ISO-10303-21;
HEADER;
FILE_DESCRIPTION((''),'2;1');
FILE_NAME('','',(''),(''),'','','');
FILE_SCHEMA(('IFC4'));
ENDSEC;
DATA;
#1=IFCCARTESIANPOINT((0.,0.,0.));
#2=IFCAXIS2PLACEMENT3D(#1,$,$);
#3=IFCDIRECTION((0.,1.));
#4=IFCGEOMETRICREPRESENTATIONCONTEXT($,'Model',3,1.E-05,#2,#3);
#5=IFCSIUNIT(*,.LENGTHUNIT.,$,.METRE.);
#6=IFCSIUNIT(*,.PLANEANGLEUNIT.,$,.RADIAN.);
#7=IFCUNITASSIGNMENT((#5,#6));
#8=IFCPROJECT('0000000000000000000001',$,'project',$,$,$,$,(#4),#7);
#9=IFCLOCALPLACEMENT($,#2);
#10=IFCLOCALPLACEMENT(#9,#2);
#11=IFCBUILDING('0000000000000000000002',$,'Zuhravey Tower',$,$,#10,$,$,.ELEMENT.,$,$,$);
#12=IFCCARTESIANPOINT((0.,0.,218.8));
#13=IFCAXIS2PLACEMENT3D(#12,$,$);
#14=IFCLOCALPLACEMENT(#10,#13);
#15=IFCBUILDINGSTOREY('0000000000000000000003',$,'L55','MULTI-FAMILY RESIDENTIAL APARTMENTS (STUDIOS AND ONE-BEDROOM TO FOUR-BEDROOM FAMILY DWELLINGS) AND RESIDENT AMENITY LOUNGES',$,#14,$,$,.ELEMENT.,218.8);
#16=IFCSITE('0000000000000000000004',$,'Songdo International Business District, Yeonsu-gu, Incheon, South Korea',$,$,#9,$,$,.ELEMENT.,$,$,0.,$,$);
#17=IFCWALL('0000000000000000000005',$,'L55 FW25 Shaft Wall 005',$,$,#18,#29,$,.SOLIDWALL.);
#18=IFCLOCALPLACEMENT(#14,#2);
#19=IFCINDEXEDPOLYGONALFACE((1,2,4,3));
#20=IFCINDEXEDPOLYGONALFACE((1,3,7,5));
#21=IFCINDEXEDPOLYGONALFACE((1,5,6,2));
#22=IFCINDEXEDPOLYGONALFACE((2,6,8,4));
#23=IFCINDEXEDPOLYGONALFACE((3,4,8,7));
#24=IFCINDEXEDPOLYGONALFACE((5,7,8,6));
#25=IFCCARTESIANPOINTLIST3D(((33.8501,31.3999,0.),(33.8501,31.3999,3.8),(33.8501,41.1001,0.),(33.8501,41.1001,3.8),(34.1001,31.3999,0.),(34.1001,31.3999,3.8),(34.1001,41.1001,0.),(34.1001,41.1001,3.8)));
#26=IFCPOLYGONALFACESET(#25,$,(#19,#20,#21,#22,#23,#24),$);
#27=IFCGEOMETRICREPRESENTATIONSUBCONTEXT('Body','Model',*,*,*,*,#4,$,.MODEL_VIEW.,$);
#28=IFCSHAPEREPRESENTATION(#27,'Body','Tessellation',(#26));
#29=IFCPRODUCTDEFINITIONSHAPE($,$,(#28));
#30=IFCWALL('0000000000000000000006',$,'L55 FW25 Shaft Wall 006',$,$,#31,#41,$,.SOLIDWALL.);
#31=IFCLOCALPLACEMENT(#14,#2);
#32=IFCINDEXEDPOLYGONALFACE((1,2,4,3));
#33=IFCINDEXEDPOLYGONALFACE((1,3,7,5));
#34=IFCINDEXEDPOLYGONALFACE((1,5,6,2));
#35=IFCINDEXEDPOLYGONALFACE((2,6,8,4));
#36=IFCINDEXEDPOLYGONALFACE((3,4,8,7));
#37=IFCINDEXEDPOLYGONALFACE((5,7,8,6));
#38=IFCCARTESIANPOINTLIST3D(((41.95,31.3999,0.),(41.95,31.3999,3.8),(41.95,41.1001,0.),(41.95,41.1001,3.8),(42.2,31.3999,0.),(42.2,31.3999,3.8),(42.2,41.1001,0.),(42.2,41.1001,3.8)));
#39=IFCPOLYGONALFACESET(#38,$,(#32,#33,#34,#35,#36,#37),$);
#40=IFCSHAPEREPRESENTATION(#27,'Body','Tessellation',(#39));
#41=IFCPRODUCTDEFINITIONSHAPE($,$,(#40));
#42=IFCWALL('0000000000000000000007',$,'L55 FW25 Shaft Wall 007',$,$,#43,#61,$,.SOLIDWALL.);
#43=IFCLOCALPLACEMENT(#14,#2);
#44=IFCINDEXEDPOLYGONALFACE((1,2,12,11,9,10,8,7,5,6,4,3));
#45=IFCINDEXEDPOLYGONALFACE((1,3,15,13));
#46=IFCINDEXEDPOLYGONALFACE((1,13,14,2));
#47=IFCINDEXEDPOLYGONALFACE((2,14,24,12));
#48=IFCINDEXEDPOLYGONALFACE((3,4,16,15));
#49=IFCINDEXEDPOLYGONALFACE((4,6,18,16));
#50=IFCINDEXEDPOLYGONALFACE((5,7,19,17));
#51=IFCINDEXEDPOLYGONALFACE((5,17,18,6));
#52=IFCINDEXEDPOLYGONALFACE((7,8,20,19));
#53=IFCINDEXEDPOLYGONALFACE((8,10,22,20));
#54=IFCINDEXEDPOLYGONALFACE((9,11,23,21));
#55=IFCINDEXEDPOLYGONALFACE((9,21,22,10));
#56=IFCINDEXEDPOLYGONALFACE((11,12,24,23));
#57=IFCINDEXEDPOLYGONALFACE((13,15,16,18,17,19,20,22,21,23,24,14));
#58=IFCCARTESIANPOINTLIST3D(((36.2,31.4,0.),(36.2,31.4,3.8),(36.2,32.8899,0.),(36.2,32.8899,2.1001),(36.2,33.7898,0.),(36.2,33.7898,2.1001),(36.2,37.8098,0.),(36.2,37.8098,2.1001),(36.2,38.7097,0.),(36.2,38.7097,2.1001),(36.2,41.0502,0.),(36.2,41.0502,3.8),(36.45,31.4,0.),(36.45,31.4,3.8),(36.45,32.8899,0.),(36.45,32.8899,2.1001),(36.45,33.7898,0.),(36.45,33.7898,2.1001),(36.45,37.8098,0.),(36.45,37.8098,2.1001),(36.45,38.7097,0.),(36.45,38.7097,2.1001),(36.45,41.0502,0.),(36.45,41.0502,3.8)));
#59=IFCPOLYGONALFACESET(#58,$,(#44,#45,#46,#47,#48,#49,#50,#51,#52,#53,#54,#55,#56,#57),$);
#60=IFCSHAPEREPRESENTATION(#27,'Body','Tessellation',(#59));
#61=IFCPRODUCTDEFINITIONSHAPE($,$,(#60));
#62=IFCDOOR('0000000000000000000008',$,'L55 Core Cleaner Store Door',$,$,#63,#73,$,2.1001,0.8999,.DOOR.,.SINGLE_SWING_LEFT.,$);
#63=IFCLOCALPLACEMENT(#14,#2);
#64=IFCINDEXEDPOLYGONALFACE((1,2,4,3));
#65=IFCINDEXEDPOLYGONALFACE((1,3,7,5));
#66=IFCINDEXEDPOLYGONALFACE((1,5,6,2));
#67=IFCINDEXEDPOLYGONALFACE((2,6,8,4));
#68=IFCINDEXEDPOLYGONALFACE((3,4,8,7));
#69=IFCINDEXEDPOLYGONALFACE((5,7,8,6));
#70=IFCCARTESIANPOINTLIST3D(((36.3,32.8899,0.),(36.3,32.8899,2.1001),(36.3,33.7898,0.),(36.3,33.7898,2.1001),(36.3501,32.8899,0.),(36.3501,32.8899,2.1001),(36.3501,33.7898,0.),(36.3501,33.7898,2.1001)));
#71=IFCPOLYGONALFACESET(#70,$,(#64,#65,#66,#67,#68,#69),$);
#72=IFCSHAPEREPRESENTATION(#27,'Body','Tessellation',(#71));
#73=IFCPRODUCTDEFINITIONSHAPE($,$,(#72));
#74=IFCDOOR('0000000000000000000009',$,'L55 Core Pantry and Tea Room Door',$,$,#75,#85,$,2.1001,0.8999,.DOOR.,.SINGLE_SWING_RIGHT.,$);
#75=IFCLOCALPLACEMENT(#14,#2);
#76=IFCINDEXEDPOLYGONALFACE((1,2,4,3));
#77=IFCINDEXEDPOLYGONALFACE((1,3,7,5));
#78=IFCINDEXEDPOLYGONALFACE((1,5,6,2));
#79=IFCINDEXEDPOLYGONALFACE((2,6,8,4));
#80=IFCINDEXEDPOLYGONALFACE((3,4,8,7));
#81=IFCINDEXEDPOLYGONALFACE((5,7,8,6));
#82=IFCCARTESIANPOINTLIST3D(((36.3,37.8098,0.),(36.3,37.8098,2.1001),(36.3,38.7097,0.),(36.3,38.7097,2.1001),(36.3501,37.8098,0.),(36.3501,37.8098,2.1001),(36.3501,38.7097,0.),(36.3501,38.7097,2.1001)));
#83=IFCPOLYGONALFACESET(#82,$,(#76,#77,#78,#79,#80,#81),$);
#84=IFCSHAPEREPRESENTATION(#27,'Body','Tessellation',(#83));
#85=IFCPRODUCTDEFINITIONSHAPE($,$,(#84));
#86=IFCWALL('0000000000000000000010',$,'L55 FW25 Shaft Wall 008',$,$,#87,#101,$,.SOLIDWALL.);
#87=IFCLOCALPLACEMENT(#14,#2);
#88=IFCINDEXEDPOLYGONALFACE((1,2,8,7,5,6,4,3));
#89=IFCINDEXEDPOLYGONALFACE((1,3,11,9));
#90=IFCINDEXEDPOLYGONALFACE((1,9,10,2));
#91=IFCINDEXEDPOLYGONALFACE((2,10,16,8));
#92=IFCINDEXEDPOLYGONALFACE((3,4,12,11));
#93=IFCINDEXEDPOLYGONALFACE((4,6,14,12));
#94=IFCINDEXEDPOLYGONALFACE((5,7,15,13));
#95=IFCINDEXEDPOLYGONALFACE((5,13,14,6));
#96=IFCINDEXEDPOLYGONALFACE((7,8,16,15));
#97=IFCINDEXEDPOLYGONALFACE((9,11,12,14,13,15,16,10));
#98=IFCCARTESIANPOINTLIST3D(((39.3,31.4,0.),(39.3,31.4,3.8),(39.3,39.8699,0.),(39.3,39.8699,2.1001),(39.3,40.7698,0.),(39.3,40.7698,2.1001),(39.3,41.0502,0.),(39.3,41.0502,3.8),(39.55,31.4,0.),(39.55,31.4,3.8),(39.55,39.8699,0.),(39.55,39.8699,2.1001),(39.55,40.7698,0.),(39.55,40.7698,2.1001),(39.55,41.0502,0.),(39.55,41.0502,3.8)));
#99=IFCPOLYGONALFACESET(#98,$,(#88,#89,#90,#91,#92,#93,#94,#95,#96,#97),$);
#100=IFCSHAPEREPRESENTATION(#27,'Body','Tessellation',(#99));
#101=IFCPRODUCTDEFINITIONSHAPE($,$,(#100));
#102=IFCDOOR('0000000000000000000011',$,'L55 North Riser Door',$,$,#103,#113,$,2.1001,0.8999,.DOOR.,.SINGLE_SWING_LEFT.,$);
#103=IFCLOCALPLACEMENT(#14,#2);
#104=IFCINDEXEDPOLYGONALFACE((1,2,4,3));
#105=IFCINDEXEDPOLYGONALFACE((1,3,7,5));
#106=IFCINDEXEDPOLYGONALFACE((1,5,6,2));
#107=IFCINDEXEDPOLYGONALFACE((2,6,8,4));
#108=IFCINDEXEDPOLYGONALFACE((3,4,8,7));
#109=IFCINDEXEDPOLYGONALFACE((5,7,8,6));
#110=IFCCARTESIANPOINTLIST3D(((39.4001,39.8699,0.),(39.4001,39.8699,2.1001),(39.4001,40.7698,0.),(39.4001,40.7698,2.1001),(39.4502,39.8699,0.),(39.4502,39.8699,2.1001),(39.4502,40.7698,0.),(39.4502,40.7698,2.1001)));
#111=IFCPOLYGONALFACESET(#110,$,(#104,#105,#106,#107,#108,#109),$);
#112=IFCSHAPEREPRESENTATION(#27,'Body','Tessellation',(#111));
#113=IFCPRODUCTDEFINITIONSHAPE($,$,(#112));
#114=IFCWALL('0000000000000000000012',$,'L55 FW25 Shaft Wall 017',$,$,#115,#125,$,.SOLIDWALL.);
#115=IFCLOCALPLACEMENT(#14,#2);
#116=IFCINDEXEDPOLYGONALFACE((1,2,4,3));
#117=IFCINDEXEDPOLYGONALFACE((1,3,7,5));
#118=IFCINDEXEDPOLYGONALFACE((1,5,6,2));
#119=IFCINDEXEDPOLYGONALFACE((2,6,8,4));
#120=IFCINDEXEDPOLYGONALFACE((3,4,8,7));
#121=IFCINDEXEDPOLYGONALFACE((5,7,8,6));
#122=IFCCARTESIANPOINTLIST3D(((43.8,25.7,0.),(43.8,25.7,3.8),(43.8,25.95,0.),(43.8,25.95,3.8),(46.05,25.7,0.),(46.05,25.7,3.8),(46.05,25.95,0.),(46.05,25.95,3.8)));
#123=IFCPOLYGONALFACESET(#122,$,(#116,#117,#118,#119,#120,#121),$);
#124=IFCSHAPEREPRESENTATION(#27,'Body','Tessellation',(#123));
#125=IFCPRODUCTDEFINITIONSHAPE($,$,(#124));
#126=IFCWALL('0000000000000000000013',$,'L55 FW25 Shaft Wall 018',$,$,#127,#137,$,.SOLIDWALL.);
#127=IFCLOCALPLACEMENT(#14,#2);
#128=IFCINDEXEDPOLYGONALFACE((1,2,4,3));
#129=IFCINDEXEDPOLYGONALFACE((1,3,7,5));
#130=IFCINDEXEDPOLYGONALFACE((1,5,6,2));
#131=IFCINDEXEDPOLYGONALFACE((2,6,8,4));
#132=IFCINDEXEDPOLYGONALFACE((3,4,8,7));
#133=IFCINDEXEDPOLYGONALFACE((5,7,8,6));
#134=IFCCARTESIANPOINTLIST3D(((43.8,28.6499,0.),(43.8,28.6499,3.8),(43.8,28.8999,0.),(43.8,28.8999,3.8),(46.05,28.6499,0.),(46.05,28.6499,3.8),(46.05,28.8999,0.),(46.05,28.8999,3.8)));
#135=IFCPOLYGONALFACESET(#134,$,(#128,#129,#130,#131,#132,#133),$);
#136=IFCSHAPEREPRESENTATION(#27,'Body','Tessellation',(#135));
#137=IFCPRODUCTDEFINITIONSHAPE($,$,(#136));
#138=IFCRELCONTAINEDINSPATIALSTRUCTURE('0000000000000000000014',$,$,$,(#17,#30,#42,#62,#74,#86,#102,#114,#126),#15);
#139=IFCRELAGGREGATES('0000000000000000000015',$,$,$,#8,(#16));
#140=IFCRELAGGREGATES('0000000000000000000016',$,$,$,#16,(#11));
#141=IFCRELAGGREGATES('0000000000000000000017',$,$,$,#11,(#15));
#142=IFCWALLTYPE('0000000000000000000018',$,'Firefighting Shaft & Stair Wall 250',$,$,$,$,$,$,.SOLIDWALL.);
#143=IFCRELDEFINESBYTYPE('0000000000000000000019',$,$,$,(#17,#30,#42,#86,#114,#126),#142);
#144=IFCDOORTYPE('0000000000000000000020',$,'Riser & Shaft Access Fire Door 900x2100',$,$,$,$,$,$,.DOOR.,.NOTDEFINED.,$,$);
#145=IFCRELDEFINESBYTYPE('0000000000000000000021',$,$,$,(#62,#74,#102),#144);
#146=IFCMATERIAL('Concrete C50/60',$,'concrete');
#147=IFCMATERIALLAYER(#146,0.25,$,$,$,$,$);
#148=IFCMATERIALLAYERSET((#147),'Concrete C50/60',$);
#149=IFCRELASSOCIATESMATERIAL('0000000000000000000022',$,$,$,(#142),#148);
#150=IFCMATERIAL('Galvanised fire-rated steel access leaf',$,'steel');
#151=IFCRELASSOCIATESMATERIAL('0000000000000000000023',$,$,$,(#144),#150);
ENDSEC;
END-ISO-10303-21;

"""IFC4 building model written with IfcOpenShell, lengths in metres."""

from ifc_helpers import new_model, si_unit, direction, frame, frame_2d, origin, place, context, subcontext, project, spatial, rectangle, extrude, material, layer, layer_set, type_object, element, fill, save


model = new_model("IFC4")

# Units and contexts
model_context = context("Model", 3, precision=1e-05, world=origin(), true_north=direction((0.0, 1.0)))
body_context = subcontext(model_context, "Body", "Model", "MODEL_VIEW")
ifc_project = project(units=[si_unit("LENGTHUNIT", "METRE"), si_unit("PLANEANGLEUNIT", "RADIAN")], contexts=[model_context])

# Site, building, storey
site_placement = place(None, origin())
site = spatial("IfcSite", under=ifc_project, at=site_placement, Name="Songdo International Business District, Yeonsu-gu, Incheon, South Korea", CompositionType="ELEMENT", RefElevation=0.0)
building_placement = place(site_placement, origin())
building = spatial("IfcBuilding", under=site, at=building_placement, Name="Zuhravey Tower", CompositionType="ELEMENT")
storey_placement = place(building_placement, frame((0.0, 0.0, 218.8)))
storey = spatial("IfcBuildingStorey", under=building, at=storey_placement, Name="L55", Description="MULTI-FAMILY RESIDENTIAL APARTMENTS (STUDIOS AND ONE-BEDROOM TO FOUR-BEDROOM FAMILY DWELLINGS) AND RESIDENT AMENITY LOUNGES", CompositionType="ELEMENT", Elevation=218.8)

# Walls
ifc_material_1 = material(Name="Concrete C50/60", Category="concrete")
ifc_layer_1 = layer(ifc_material_1, 0.25)
ifc_layer_set_1 = layer_set([ifc_layer_1], Name="Concrete C50/60")
wall_type_1 = type_object("IfcWallType", Name="Firefighting Shaft & Stair Wall 250", PredefinedType="SOLIDWALL", material=ifc_layer_set_1)
for number, where, z_axis, x_axis, name in (
    (1, (33.9751, 31.3999, 0.0), (0.0, 0.0, 1.0), (0.0, 1.0, 0.0), "L55 FW25 Shaft Wall 005"),
    (2, (42.075, 31.3999, 0.0), (0.0, 0.0, 1.0), (0.0, 1.0, 0.0), "L55 FW25 Shaft Wall 006"),
):
    element("IfcWall", number, at=place(storey_placement, frame(where, z_axis=z_axis, x_axis=x_axis)), inside=storey, type_object=wall_type_1, Name=name, PredefinedType="SOLIDWALL", context=body_context, shape_type="SweptSolid", body=[
        extrude(rectangle(XDim=9.7002, YDim=0.25, at=frame_2d((4.8501, 0.0))), origin(), (0.0, 0.0, 1.0), 3.8),
    ])

# Wall, openings, doors
wall_1_placement = place(storey_placement, frame((36.325, 31.3999, 0.0), z_axis=(0.0, 0.0, 1.0), x_axis=(0.0, 1.0, 0.0)))
wall_1 = element("IfcWall", 3, at=wall_1_placement, inside=storey, type_object=wall_type_1, Name="L55 FW25 Shaft Wall 007", PredefinedType="SOLIDWALL", context=body_context, shape_type="SweptSolid", body=[
    extrude(rectangle(XDim=9.6501, YDim=0.25, at=frame_2d((4.8252, 0.0))), origin(), (0.0, 0.0, 1.0), 3.8),
])
opening_1_placement = place(wall_1_placement, frame((1.49, 0.0, 0.0)))
opening_1 = element("IfcOpeningElement", 4, at=opening_1_placement, cuts=wall_1, PredefinedType="OPENING", context=body_context, shape_type="SweptSolid", body=[
    extrude(rectangle(XDim=0.8999, YDim=2.1001, at=frame_2d((0.45, 1.05))), frame((0.0, 0.137, 0.0), z_axis=(0.0, -1.0, 0.0), x_axis=(1.0, 0.0, 0.0)), (0.0, 0.0, 1.0), 0.2739),
])
opening_2_placement = place(wall_1_placement, frame((6.4099, 0.0, 0.0)))
opening_2 = element("IfcOpeningElement", 5, at=opening_2_placement, cuts=wall_1, PredefinedType="OPENING", context=body_context, shape_type="SweptSolid", body=[
    extrude(rectangle(XDim=0.8999, YDim=2.1001, at=frame_2d((0.45, 1.05))), frame((0.0, 0.137, 0.0), z_axis=(0.0, -1.0, 0.0), x_axis=(1.0, 0.0, 0.0)), (0.0, 0.0, 1.0), 0.2739),
])
ifc_material_2 = material(Name="Galvanised fire-rated steel access leaf", Category="steel")
door_type_1 = type_object("IfcDoorType", Name="Riser & Shaft Access Fire Door 900x2100", OperationType="NOTDEFINED", PredefinedType="DOOR", material=ifc_material_2)
door_1_placement = place(opening_1_placement, origin())
door_1 = element("IfcDoor", 6, at=door_1_placement, inside=storey, type_object=door_type_1, Name="L55 Core Cleaner Store Door", OperationType="SINGLE_SWING_LEFT", OverallHeight=2.1001, OverallWidth=0.8999, PredefinedType="DOOR", context=body_context, shape_type="SweptSolid", body=[
    extrude(rectangle(XDim=0.8999, YDim=2.1001, at=frame_2d((0.45, 1.05))), frame((0.0, 0.0249, 0.0), z_axis=(0.0, -1.0, 0.0), x_axis=(1.0, 0.0, 0.0)), (0.0, 0.0, 1.0), 0.05),
])
fill(opening_1, door_1)
door_2_placement = place(opening_2_placement, origin())
door_2 = element("IfcDoor", 7, at=door_2_placement, inside=storey, type_object=door_type_1, Name="L55 Core Pantry and Tea Room Door", OperationType="SINGLE_SWING_RIGHT", OverallHeight=2.1001, OverallWidth=0.8999, PredefinedType="DOOR", context=body_context, shape_type="SweptSolid", body=[
    extrude(rectangle(XDim=0.8999, YDim=2.1001, at=frame_2d((0.45, 1.05))), frame((0.0, 0.0249, 0.0), z_axis=(0.0, -1.0, 0.0), x_axis=(1.0, 0.0, 0.0)), (0.0, 0.0, 1.0), 0.05),
])
fill(opening_2, door_2)

# Wall, opening, door
wall_2_placement = place(storey_placement, frame((39.425, 31.3999, 0.0), z_axis=(0.0, 0.0, 1.0), x_axis=(0.0, 1.0, 0.0)))
wall_2 = element("IfcWall", 8, at=wall_2_placement, inside=storey, type_object=wall_type_1, Name="L55 FW25 Shaft Wall 008", PredefinedType="SOLIDWALL", context=body_context, shape_type="SweptSolid", body=[
    extrude(rectangle(XDim=9.6501, YDim=0.25, at=frame_2d((4.8252, 0.0))), origin(), (0.0, 0.0, 1.0), 3.8),
])
opening_3_placement = place(wall_2_placement, frame((8.47, 0.0, 0.0)))
opening_3 = element("IfcOpeningElement", 9, at=opening_3_placement, cuts=wall_2, PredefinedType="OPENING", context=body_context, shape_type="SweptSolid", body=[
    extrude(rectangle(XDim=0.8999, YDim=2.1001, at=frame_2d((0.45, 1.05))), frame((0.0, 0.137, 0.0), z_axis=(0.0, -1.0, 0.0), x_axis=(1.0, 0.0, 0.0)), (0.0, 0.0, 1.0), 0.2739),
])
door_3_placement = place(opening_3_placement, origin())
door_3 = element("IfcDoor", 10, at=door_3_placement, inside=storey, type_object=door_type_1, Name="L55 North Riser Door", OperationType="SINGLE_SWING_LEFT", OverallHeight=2.1001, OverallWidth=0.8999, PredefinedType="DOOR", context=body_context, shape_type="SweptSolid", body=[
    extrude(rectangle(XDim=0.8999, YDim=2.1001, at=frame_2d((0.45, 1.05))), frame((0.0, 0.0249, 0.0), z_axis=(0.0, -1.0, 0.0), x_axis=(1.0, 0.0, 0.0)), (0.0, 0.0, 1.0), 0.05),
])
fill(opening_3, door_3)

# Walls
for number, where, z_axis, x_axis, name in (
    (11, (43.8, 25.825, 0.0), (0.0, 0.0, 1.0), (1.0, 0.0, 0.0), "L55 FW25 Shaft Wall 017"),
    (12, (43.8, 28.7749, 0.0), (0.0, 0.0, 1.0), (1.0, 0.0, 0.0), "L55 FW25 Shaft Wall 018"),
):
    element("IfcWall", number, at=place(storey_placement, frame(where, z_axis=z_axis, x_axis=x_axis)), inside=storey, type_object=wall_type_1, Name=name, PredefinedType="SOLIDWALL", context=body_context, shape_type="SweptSolid", body=[
        extrude(rectangle(XDim=2.25, YDim=0.25, at=frame_2d((1.125, 0.0))), origin(), (0.0, 0.0, 1.0), 3.8),
    ])

save(model, "model.ifc")
